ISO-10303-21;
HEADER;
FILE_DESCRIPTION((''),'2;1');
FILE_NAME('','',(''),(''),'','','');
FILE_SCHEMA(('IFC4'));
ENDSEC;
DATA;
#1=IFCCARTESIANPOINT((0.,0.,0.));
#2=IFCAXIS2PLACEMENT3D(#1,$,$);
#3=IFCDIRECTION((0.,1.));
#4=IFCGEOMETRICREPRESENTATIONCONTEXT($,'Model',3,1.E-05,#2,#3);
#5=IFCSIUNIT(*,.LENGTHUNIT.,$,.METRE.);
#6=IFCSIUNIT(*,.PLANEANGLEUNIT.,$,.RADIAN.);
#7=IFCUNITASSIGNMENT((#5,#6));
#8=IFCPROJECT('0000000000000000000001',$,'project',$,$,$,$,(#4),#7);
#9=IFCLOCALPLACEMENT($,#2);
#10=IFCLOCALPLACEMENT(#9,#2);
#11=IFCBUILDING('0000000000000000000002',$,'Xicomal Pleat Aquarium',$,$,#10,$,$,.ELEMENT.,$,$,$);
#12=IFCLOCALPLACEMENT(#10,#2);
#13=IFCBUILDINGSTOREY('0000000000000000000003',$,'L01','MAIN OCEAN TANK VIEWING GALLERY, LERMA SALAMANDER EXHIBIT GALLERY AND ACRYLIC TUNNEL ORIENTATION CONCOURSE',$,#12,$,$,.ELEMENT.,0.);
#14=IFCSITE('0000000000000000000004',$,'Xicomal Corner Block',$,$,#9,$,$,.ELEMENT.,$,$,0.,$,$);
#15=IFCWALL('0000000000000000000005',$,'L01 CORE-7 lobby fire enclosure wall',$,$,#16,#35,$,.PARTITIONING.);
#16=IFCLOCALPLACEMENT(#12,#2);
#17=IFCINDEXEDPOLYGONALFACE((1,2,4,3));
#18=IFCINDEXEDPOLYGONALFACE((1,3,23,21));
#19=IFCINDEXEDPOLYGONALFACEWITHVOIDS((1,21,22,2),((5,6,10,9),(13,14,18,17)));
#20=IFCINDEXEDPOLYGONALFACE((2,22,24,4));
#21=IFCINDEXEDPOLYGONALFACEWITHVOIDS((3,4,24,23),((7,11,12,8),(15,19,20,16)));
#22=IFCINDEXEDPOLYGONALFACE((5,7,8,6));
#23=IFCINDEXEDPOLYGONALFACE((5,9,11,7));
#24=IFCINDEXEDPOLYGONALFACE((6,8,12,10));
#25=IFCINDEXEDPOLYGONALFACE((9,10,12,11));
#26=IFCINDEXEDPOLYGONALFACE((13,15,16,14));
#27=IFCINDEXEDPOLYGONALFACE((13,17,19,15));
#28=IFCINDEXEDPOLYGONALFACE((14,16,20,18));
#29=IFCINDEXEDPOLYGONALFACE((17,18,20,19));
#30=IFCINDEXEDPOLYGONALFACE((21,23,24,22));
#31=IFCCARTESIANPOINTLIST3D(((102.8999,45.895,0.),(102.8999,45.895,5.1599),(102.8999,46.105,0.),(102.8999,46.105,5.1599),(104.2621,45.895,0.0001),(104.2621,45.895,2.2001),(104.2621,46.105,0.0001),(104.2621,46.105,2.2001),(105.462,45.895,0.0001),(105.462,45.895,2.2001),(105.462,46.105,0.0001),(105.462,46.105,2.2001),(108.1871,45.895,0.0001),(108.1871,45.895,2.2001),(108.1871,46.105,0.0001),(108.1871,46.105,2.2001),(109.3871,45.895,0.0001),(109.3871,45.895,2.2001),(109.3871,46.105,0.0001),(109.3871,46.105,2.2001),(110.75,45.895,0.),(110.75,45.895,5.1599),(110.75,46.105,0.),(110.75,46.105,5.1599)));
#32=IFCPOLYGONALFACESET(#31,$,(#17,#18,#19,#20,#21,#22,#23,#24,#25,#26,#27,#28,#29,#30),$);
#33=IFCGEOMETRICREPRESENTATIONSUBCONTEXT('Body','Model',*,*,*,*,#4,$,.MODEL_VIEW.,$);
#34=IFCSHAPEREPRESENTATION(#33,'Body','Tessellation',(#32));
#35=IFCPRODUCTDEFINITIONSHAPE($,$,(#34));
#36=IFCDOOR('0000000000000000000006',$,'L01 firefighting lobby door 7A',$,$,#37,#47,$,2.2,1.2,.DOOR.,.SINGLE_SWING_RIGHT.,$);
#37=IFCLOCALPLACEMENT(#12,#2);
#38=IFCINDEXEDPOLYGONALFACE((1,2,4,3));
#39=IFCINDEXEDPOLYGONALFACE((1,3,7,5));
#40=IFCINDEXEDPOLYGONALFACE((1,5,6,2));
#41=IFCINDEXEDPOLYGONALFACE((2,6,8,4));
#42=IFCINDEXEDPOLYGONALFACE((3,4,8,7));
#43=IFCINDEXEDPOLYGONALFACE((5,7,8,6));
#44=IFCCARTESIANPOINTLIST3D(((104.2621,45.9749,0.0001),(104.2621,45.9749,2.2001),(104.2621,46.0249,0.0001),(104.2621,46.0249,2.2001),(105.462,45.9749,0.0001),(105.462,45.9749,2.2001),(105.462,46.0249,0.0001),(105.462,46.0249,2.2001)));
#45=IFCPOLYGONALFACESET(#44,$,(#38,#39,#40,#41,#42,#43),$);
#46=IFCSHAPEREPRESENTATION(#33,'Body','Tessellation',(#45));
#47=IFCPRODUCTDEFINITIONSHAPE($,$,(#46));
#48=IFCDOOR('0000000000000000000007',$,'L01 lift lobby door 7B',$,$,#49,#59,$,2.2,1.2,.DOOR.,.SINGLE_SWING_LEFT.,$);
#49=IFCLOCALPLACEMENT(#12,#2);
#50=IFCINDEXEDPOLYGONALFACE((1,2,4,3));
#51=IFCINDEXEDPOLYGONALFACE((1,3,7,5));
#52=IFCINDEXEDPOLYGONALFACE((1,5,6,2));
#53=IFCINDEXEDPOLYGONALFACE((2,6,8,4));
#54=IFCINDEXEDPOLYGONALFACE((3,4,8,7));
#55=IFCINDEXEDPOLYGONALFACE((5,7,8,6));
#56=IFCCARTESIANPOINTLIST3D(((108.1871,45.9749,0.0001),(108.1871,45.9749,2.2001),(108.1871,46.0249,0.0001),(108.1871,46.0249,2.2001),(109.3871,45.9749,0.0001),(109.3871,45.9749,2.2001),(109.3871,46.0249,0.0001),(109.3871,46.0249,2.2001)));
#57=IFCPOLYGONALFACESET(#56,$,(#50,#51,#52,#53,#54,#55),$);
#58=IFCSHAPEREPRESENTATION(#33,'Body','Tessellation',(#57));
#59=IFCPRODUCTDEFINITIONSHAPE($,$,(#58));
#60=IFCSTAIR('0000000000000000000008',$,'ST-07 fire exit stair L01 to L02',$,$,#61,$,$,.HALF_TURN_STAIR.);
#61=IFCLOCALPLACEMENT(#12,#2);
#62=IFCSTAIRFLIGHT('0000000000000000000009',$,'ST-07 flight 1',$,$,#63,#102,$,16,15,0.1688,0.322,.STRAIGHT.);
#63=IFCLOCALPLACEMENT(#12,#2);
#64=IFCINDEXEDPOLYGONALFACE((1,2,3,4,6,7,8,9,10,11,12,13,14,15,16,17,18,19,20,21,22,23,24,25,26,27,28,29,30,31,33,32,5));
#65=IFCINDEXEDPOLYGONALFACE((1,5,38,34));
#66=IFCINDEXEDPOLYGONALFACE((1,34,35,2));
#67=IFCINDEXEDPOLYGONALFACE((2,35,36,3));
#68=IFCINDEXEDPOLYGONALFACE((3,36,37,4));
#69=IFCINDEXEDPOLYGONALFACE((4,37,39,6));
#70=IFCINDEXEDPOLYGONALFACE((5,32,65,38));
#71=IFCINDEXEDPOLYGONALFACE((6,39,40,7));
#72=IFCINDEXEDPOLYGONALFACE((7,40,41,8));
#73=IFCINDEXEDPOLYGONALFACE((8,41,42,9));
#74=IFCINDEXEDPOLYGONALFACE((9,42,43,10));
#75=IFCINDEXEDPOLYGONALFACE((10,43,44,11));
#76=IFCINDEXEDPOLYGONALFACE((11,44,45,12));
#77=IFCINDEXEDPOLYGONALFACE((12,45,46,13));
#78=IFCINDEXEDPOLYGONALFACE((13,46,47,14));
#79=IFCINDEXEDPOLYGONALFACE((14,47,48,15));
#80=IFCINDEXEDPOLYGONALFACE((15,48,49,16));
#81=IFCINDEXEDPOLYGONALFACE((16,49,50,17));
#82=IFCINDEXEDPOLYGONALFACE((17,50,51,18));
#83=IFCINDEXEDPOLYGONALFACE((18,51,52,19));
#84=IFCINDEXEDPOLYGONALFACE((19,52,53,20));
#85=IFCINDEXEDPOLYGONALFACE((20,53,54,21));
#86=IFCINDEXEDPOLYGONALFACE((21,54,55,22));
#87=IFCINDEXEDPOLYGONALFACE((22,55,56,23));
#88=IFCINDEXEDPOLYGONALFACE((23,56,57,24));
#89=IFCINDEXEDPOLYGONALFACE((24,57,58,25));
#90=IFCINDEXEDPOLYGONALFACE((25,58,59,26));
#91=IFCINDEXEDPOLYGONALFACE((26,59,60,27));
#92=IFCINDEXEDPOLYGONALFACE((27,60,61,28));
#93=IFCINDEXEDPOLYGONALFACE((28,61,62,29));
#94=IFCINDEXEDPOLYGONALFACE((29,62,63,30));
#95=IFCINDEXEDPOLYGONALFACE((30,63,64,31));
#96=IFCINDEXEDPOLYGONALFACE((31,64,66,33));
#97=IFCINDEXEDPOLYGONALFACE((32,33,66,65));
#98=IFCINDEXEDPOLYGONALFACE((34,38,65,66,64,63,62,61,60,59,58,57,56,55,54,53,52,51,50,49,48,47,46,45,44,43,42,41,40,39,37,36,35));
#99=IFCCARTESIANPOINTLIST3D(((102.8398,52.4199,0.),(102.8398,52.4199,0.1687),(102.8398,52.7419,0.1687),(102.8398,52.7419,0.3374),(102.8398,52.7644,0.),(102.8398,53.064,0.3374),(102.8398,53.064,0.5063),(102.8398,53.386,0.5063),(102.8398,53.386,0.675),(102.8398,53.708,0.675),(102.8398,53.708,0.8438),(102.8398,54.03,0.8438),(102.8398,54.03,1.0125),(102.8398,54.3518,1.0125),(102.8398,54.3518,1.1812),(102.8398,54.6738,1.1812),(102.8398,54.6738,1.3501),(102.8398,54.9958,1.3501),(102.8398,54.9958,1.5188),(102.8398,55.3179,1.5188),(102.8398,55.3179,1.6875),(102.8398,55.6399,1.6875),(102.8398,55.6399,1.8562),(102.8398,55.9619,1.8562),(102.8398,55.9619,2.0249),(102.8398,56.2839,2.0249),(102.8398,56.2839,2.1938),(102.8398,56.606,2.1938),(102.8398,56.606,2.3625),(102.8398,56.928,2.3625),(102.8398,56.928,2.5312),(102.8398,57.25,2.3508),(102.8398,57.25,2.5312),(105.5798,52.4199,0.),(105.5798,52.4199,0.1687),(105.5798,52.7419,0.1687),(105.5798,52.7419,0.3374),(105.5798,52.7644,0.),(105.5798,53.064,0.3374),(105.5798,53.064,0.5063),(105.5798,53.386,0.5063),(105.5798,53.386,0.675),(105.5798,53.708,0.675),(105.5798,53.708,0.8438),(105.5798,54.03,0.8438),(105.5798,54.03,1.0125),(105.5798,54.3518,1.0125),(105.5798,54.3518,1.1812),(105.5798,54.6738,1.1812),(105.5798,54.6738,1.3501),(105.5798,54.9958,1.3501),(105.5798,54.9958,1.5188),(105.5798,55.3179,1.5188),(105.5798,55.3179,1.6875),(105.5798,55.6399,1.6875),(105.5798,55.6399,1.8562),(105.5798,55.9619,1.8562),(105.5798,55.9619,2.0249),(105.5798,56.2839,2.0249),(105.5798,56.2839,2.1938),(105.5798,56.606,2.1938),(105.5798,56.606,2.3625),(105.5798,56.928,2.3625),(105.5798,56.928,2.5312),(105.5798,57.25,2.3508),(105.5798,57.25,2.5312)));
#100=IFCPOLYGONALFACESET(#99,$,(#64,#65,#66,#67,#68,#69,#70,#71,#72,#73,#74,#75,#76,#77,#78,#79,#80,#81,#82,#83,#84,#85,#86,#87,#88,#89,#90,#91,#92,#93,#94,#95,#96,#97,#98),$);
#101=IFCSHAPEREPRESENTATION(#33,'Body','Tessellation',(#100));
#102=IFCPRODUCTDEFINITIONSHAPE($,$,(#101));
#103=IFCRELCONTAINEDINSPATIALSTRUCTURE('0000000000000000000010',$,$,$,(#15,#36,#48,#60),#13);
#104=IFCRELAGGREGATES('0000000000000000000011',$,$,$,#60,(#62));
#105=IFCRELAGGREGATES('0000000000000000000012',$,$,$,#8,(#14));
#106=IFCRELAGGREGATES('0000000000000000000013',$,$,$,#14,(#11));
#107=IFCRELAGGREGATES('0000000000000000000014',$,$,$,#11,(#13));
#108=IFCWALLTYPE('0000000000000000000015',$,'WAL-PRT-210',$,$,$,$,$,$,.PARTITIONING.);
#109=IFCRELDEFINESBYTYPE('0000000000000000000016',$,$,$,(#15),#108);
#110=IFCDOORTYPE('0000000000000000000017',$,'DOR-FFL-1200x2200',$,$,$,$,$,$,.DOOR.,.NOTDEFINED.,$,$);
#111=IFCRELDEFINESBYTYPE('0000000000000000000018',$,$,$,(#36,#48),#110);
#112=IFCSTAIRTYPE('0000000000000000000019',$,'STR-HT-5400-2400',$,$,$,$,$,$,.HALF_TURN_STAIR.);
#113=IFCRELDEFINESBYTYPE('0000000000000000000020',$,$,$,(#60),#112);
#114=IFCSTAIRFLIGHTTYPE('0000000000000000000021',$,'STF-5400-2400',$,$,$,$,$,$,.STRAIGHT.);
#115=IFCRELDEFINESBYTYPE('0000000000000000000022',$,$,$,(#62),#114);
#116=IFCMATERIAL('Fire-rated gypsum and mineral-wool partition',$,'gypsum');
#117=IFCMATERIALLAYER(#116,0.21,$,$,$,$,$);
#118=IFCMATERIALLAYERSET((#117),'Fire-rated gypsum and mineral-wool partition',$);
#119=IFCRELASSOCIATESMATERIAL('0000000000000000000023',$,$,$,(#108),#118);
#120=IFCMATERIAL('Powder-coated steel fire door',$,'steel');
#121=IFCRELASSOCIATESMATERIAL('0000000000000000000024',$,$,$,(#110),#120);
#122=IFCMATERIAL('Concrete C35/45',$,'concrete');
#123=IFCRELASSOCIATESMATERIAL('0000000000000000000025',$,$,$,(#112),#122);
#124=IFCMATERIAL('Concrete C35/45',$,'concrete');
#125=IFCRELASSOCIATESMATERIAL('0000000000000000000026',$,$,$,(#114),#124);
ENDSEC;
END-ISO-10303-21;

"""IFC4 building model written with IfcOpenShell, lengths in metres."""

from ifc_helpers import new_model, si_unit, direction, frame, frame_2d, origin, place, context, subcontext, project, spatial, polyline, rectangle, outline, extrude, material, layer, layer_set, type_object, element, fill, aggregate, save


model = new_model("IFC4")

# Units and contexts
model_context = context("Model", 3, precision=1e-05, world=origin(), true_north=direction((0.0, 1.0)))
body_context = subcontext(model_context, "Body", "Model", "MODEL_VIEW")
ifc_project = project(units=[si_unit("LENGTHUNIT", "METRE"), si_unit("PLANEANGLEUNIT", "RADIAN")], contexts=[model_context])

# Site, building, storey
site_placement = place(None, origin())
site = spatial("IfcSite", under=ifc_project, at=site_placement, Name="Xicomal Corner Block", CompositionType="ELEMENT", RefElevation=0.0)
building_placement = place(site_placement, origin())
building = spatial("IfcBuilding", under=site, at=building_placement, Name="Xicomal Pleat Aquarium", CompositionType="ELEMENT")
storey_placement = place(building_placement, origin())
storey = spatial("IfcBuildingStorey", under=building, at=storey_placement, Name="L01", Description="MAIN OCEAN TANK VIEWING GALLERY, LERMA SALAMANDER EXHIBIT GALLERY AND ACRYLIC TUNNEL ORIENTATION CONCOURSE", CompositionType="ELEMENT", Elevation=0.0)

# Wall, openings, doors
ifc_material_1 = material(Name="Fire-rated gypsum and mineral-wool partition", Category="gypsum")
ifc_layer_1 = layer(ifc_material_1, 0.21)
ifc_layer_set_1 = layer_set([ifc_layer_1], Name="Fire-rated gypsum and mineral-wool partition")
wall_type_1 = type_object("IfcWallType", Name="WAL-PRT-210", PredefinedType="PARTITIONING", material=ifc_layer_set_1)
wall_1_placement = place(storey_placement, frame((102.8999, 46.0, 0.0), z_axis=(0.0, 0.0, 1.0), x_axis=(1.0, 0.0, 0.0)))
wall_1 = element("IfcWall", 1, at=wall_1_placement, inside=storey, type_object=wall_type_1, Name="L01 CORE-7 lobby fire enclosure wall", PredefinedType="PARTITIONING", context=body_context, shape_type="SweptSolid", body=[
    extrude(rectangle(XDim=7.8501, YDim=0.21, at=frame_2d((3.925, 0.0))), origin(), (0.0, 0.0, 1.0), 5.1599),
])
opening_1_placement = place(wall_1_placement, frame((1.3621, 0.0, 0.0)))
opening_1 = element("IfcOpeningElement", 2, at=opening_1_placement, cuts=wall_1, PredefinedType="OPENING", context=body_context, shape_type="SweptSolid", body=[
    extrude(rectangle(XDim=1.2, YDim=2.2, at=frame_2d((0.6001, 1.1001))), frame((0.0, 0.115, 0.0), z_axis=(0.0, -1.0, 0.0), x_axis=(1.0, 0.0, 0.0)), (0.0, 0.0, 1.0), 0.23),
])
opening_2_placement = place(wall_1_placement, frame((5.2871, 0.0, 0.0)))
opening_2 = element("IfcOpeningElement", 3, at=opening_2_placement, cuts=wall_1, PredefinedType="OPENING", context=body_context, shape_type="SweptSolid", body=[
    extrude(rectangle(XDim=1.2, YDim=2.2, at=frame_2d((0.6001, 1.1001))), frame((0.0, 0.115, 0.0), z_axis=(0.0, -1.0, 0.0), x_axis=(1.0, 0.0, 0.0)), (0.0, 0.0, 1.0), 0.23),
])
ifc_material_2 = material(Name="Powder-coated steel fire door", Category="steel")
door_type_1 = type_object("IfcDoorType", Name="DOR-FFL-1200x2200", OperationType="NOTDEFINED", PredefinedType="DOOR", material=ifc_material_2)
door_1_placement = place(opening_1_placement, origin())
door_1 = element("IfcDoor", 4, at=door_1_placement, inside=storey, type_object=door_type_1, Name="L01 firefighting lobby door 7A", OperationType="SINGLE_SWING_RIGHT", OverallHeight=2.2, OverallWidth=1.2, PredefinedType="DOOR", context=body_context, shape_type="SweptSolid", body=[
    extrude(rectangle(XDim=1.2, YDim=2.2, at=frame_2d((0.6001, 1.1001))), frame((0.0, 0.0249, 0.0), z_axis=(0.0, -1.0, 0.0), x_axis=(1.0, 0.0, 0.0)), (0.0, 0.0, 1.0), 0.05),
])
fill(opening_1, door_1)
door_2_placement = place(opening_2_placement, origin())
door_2 = element("IfcDoor", 5, at=door_2_placement, inside=storey, type_object=door_type_1, Name="L01 lift lobby door 7B", OperationType="SINGLE_SWING_LEFT", OverallHeight=2.2, OverallWidth=1.2, PredefinedType="DOOR", context=body_context, shape_type="SweptSolid", body=[
    extrude(rectangle(XDim=1.2, YDim=2.2, at=frame_2d((0.6001, 1.1001))), frame((0.0, 0.0249, 0.0), z_axis=(0.0, -1.0, 0.0), x_axis=(1.0, 0.0, 0.0)), (0.0, 0.0, 1.0), 0.05),
])
fill(opening_2, door_2)

# Stair, stair flight
ifc_material_3 = material(Name="Concrete C35/45", Category="concrete")
stair_type = type_object("IfcStairType", Name="STR-HT-5400-2400", PredefinedType="HALF_TURN_STAIR", material=ifc_material_3)
stair_placement = place(storey_placement, origin())
stair = element("IfcStair", 6, at=stair_placement, inside=storey, type_object=stair_type, Name="ST-07 fire exit stair L01 to L02", PredefinedType="HALF_TURN_STAIR")
ifc_material_4 = material(Name="Concrete C35/45", Category="concrete")
stair_flight_type = type_object("IfcStairFlightType", Name="STF-5400-2400", PredefinedType="STRAIGHT", material=ifc_material_4)
stair_flight_placement = place(storey_placement, frame((104.21, 52.4199, 0.0), z_axis=(0.0, 0.0, 1.0), x_axis=(0.0, 1.0, 0.0)))
stair_flight = element("IfcStairFlight", 7, at=stair_flight_placement, type_object=stair_flight_type, Name="ST-07 flight 1", NumberOfRisers=16, NumberOfTreads=15, PredefinedType="STRAIGHT", RiserHeight=0.1688, TreadLength=0.322, context=body_context, shape_type="SweptSolid", body=[
    extrude(outline(polyline([(0.0, 0.0), (0.0, 0.1687), (0.322, 0.1687), (0.322, 0.3374), (0.644, 0.3374), (0.644, 0.5063), (0.9661, 0.5063), (0.9661, 0.675), (1.2881, 0.675), (1.2881, 0.8438), (1.6101, 0.8438), (1.6101, 1.0125), (1.9319, 1.0125), (1.9319, 1.1812), (2.2539, 1.1812), (2.2539, 1.3501), (2.5759, 1.3501), (2.5759, 1.5188), (2.8979, 1.5188), (2.8979, 1.6875), (3.22, 1.6875), (3.22, 1.8562), (3.542, 1.8562), (3.542, 2.0249), (3.864, 2.0249), (3.864, 2.1938), (4.186, 2.1938), (4.186, 2.3625), (4.5081, 2.3625), (4.5081, 2.5312), (4.8301, 2.5312), (4.8301, 2.7), (4.8301, 2.3508), (0.3445, 0.0), (0.0, 0.0)])), frame((0.0, 1.3701, 0.0), z_axis=(0.0, -1.0, 0.0), x_axis=(1.0, 0.0, 0.0)), (0.0, 0.0, 1.0), 2.74),
])
aggregate(stair, [stair_flight])

save(model, "model.ifc")
